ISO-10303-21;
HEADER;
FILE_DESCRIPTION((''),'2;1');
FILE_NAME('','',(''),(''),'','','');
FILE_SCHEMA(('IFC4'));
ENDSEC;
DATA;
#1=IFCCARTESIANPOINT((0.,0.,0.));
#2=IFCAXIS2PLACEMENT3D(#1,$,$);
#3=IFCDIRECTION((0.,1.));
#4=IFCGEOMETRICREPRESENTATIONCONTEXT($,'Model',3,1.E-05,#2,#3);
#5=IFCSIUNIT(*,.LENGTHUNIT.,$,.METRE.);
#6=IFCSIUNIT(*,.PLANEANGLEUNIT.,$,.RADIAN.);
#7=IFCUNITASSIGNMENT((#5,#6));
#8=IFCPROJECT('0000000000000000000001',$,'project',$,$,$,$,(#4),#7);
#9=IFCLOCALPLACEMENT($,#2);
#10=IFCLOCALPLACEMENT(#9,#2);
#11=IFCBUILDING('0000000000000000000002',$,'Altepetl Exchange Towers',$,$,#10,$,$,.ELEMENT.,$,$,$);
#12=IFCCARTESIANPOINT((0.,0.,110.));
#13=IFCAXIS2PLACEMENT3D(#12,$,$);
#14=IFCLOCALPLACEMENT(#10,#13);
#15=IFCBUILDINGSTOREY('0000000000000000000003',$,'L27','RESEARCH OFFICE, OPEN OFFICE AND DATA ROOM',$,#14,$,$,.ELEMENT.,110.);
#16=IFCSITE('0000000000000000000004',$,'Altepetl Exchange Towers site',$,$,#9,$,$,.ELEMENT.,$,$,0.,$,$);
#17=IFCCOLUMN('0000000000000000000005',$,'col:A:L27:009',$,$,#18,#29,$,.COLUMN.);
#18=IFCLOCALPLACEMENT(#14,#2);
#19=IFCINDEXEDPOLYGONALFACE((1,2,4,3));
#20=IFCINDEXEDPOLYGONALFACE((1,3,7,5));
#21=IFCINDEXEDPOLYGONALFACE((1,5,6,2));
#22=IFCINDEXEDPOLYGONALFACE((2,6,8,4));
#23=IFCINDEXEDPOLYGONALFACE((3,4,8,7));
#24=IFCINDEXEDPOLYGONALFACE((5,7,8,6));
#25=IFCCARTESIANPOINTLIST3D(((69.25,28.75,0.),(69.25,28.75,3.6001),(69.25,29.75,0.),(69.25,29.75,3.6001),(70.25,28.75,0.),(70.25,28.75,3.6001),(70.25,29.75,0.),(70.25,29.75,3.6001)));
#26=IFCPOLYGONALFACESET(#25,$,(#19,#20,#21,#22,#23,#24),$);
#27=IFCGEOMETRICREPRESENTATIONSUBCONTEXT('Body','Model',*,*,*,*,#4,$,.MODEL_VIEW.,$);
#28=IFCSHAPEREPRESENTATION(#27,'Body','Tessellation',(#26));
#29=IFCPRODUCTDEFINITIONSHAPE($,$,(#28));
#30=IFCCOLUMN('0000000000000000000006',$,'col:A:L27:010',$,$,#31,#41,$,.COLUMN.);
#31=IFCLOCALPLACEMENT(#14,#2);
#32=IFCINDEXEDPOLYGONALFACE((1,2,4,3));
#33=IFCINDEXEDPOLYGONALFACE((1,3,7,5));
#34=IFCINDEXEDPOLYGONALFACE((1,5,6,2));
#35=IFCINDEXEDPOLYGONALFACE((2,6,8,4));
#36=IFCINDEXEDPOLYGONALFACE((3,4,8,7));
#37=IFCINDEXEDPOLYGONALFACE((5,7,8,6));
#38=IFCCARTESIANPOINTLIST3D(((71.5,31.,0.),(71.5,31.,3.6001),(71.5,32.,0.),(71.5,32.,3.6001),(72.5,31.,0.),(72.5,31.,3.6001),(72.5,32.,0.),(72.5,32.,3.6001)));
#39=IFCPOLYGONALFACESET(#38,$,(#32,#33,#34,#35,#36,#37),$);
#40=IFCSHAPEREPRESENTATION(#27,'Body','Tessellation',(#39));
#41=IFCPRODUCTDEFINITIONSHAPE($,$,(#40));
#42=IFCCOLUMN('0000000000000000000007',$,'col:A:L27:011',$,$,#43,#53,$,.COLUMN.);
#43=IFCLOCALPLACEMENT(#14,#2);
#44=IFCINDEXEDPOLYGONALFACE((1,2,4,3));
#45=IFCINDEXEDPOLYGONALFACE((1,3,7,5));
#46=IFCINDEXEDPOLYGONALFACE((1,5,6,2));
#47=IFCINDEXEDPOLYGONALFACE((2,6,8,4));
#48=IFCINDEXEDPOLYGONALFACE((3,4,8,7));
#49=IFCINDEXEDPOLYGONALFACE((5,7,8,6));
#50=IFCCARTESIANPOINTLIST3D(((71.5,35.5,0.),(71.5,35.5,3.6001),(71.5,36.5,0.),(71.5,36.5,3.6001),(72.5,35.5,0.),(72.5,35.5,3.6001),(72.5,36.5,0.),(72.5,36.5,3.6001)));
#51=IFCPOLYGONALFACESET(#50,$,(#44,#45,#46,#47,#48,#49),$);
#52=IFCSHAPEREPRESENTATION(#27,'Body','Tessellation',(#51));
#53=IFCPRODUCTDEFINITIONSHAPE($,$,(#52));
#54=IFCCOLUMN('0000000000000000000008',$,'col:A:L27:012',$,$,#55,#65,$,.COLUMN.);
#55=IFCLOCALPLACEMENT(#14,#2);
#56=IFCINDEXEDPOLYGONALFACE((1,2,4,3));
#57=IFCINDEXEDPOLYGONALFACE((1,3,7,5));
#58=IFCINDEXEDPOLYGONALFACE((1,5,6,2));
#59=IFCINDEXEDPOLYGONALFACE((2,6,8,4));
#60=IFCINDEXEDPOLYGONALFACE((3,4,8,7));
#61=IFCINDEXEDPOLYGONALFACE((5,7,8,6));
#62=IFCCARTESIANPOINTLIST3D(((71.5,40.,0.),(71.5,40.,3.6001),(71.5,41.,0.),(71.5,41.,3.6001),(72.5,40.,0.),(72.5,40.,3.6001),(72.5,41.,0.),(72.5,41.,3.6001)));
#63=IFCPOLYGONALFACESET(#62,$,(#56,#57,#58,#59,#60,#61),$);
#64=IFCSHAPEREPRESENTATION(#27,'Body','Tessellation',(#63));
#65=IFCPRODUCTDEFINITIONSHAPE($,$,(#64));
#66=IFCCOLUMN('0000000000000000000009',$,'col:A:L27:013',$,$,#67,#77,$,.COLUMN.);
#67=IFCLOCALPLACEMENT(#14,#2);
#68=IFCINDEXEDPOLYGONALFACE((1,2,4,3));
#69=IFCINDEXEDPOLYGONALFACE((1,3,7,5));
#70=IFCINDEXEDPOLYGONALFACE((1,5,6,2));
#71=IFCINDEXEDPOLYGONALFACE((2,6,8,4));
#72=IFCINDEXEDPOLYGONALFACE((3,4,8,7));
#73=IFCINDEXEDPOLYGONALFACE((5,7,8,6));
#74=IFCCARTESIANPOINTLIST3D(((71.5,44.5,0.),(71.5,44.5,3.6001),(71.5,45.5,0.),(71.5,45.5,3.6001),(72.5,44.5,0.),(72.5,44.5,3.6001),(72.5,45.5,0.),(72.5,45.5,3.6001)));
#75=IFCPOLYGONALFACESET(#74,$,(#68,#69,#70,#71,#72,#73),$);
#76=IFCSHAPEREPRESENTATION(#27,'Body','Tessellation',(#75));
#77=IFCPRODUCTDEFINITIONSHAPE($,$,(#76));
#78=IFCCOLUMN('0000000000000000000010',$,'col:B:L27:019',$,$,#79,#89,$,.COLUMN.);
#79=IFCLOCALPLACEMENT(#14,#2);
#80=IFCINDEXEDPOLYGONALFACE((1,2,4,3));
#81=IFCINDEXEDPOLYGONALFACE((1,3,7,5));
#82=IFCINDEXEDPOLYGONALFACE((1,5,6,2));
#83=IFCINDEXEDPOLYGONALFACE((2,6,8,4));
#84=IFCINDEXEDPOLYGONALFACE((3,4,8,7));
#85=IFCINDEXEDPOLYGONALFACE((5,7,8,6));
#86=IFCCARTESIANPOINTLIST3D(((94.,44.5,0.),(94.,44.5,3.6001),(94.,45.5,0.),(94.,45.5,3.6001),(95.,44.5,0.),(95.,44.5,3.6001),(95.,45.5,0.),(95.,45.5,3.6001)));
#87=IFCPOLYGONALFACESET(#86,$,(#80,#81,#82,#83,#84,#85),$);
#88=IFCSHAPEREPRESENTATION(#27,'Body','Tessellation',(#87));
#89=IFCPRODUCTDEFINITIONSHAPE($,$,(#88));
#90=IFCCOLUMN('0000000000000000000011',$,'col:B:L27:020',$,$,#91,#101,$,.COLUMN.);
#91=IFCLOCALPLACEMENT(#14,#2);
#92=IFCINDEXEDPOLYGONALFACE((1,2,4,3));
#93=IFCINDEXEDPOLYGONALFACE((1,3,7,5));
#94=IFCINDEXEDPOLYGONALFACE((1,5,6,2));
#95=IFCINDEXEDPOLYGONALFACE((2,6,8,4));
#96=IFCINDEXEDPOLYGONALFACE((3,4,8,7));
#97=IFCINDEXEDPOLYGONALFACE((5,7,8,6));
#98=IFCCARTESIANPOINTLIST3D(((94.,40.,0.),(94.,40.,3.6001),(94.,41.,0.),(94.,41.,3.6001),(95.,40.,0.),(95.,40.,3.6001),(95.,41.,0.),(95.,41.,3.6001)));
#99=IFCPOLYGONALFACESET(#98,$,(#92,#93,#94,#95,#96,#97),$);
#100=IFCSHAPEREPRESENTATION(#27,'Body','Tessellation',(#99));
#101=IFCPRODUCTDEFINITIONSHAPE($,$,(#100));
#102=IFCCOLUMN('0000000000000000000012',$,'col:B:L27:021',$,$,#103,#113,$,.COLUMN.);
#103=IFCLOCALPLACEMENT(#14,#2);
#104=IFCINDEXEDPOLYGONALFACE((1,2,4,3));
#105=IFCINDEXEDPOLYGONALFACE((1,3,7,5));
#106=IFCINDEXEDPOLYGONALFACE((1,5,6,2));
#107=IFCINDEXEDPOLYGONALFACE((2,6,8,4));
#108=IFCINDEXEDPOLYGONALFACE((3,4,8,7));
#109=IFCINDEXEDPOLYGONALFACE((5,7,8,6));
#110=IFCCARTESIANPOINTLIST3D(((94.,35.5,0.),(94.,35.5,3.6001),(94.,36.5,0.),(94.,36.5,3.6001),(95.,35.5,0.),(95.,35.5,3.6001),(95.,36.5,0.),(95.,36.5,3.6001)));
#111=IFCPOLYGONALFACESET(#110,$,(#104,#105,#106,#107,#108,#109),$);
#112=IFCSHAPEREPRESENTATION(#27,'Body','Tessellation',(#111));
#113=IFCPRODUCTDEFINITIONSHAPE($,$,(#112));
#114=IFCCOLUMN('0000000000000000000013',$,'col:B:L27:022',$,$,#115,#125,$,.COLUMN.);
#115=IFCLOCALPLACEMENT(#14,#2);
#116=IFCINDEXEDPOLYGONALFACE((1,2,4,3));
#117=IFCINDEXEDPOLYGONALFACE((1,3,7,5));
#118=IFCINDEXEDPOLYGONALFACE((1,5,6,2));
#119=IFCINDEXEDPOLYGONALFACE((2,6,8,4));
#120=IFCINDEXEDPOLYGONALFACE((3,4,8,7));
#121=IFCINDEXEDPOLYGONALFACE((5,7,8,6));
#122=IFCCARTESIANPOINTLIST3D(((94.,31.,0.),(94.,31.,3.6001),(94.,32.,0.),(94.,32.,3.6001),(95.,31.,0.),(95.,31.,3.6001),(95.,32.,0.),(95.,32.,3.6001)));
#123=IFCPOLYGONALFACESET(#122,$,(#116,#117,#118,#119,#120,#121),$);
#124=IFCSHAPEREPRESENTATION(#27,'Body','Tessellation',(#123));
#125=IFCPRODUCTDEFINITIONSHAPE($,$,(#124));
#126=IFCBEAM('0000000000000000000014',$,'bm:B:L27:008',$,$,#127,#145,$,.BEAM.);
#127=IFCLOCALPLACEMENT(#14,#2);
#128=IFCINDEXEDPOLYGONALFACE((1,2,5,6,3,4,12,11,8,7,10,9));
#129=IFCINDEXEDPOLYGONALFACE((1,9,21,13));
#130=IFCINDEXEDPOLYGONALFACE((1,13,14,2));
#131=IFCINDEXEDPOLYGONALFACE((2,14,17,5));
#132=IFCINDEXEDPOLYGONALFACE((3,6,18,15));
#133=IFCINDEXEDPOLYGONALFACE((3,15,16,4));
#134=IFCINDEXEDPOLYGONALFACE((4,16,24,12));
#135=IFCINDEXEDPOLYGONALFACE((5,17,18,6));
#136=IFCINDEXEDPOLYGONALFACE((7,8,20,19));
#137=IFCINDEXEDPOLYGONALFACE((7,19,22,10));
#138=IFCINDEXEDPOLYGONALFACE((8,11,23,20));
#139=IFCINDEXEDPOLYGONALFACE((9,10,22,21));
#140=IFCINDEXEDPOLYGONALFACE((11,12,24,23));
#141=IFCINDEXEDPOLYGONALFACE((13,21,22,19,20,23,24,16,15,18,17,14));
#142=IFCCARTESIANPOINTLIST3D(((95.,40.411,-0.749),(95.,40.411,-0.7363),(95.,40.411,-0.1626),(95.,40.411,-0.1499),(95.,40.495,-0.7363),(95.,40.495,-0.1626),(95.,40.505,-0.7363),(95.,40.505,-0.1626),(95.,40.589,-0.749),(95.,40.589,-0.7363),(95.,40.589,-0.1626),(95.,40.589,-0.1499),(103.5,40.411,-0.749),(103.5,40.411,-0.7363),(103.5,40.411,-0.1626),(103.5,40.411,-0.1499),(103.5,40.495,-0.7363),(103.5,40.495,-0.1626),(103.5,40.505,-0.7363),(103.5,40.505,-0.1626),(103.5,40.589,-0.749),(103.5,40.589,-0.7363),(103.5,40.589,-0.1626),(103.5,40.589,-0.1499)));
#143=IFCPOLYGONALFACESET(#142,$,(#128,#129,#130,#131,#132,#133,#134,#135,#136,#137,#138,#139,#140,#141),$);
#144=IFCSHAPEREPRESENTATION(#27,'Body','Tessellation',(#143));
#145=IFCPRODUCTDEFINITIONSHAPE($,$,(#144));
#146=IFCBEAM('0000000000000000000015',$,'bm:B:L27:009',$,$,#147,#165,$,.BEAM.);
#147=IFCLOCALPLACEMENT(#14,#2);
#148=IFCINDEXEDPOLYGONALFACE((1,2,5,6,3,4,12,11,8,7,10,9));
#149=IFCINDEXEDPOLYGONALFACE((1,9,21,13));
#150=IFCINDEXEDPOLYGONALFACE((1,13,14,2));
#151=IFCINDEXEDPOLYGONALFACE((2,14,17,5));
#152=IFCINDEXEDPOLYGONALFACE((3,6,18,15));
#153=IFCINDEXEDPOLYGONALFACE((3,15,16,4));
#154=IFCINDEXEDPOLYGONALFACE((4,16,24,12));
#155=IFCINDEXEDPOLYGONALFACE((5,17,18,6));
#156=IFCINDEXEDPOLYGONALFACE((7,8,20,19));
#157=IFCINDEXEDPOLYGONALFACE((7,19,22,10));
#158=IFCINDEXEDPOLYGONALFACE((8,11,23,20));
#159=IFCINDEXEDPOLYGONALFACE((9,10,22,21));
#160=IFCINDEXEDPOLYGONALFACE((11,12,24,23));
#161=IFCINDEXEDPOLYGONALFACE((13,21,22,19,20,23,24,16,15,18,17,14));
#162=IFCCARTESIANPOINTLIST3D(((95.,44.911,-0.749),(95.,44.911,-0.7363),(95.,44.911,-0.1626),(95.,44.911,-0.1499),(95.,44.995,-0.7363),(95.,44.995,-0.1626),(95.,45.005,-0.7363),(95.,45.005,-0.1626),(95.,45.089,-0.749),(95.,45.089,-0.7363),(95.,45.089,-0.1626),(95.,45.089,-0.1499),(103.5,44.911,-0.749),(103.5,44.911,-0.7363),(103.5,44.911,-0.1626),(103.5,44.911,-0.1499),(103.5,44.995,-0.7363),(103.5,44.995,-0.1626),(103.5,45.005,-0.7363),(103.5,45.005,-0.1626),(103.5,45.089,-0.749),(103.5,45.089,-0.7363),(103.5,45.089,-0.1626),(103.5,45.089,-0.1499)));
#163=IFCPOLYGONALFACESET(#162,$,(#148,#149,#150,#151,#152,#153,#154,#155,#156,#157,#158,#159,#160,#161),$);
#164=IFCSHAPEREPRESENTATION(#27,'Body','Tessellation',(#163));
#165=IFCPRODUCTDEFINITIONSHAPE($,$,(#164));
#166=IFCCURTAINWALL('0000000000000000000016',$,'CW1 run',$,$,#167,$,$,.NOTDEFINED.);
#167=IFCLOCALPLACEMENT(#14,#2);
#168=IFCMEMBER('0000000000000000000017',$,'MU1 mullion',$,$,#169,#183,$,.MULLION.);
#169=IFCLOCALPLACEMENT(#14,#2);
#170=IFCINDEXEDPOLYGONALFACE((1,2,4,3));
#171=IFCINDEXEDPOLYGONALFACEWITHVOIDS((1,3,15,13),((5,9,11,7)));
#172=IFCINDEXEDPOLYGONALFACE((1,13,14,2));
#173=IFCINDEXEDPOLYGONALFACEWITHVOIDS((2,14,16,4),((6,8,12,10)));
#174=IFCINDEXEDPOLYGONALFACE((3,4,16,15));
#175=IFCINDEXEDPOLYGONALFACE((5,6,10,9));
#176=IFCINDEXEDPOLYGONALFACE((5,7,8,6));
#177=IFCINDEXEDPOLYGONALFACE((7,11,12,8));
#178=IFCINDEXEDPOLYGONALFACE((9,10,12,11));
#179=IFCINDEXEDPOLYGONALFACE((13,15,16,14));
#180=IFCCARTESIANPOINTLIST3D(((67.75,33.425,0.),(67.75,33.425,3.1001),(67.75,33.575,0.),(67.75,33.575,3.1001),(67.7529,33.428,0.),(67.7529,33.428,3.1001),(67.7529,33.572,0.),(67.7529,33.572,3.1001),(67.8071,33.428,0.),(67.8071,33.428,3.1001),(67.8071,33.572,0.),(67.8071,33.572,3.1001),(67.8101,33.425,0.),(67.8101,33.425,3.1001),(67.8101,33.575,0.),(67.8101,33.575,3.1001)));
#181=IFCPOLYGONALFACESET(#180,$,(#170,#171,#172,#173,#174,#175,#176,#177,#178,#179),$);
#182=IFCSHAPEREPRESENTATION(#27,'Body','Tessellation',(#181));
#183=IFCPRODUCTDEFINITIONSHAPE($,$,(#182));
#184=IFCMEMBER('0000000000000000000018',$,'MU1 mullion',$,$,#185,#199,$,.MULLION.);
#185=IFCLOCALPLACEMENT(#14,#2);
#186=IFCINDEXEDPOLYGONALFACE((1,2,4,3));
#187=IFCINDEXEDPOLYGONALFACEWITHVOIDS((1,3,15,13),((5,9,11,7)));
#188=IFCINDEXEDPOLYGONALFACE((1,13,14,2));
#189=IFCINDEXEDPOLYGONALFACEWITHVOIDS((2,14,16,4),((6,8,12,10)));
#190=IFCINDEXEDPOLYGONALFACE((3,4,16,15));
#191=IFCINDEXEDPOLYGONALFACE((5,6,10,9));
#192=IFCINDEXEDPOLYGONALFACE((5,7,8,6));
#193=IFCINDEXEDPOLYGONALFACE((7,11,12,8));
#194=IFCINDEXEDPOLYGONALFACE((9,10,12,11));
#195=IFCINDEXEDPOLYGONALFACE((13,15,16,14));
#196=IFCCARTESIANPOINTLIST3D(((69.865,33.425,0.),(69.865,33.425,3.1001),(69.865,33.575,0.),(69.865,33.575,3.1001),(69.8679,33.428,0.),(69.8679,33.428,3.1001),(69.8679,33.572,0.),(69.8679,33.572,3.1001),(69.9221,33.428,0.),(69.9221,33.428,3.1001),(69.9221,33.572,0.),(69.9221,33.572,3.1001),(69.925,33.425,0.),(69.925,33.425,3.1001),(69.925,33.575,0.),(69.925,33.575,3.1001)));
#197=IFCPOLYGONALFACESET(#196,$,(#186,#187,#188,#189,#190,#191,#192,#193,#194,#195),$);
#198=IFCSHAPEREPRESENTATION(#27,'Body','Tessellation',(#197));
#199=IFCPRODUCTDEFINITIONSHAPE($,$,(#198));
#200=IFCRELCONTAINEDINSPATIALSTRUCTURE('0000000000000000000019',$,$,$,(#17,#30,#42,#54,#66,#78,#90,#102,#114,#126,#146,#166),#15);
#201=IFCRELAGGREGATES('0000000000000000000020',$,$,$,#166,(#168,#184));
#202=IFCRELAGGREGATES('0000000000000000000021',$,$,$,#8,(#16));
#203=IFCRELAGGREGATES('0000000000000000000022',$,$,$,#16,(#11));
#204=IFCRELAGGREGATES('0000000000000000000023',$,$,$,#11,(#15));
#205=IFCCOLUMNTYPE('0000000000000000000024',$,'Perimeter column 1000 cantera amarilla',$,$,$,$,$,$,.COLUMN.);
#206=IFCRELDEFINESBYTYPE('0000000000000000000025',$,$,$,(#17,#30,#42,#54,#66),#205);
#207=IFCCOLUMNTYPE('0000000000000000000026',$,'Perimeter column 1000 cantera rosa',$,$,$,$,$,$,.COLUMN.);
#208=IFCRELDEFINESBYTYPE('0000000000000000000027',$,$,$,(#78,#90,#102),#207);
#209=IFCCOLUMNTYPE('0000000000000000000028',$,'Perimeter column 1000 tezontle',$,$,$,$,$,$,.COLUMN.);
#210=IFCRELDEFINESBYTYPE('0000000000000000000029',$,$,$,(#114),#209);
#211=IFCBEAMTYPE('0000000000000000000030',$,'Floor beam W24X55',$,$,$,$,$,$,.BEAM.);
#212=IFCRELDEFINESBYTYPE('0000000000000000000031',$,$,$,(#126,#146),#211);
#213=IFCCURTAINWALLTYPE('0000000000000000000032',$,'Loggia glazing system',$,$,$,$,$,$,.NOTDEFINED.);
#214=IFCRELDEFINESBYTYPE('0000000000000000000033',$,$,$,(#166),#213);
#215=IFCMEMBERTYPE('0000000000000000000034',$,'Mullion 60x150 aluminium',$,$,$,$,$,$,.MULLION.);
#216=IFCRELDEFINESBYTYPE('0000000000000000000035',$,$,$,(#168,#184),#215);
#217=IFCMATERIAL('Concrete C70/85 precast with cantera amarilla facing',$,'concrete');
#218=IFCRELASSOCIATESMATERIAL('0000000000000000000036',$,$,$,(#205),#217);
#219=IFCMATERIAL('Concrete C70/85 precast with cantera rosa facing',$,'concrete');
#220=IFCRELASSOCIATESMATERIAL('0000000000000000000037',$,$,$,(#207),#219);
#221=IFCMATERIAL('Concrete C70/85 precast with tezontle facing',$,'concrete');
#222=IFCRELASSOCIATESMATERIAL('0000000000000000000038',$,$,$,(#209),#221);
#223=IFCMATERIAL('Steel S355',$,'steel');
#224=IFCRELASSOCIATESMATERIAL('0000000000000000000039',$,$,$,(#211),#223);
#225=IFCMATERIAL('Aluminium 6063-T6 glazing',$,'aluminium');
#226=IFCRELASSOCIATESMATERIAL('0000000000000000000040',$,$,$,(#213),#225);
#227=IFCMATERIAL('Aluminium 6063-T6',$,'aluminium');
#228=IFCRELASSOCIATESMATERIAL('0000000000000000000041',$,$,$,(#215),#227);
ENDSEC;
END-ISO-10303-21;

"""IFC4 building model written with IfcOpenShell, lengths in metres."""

from ifc_helpers import new_model, si_unit, direction, frame, origin, origin_2d, place, context, subcontext, project, spatial, rectangle, hollow_rectangle, i_section, extrude, material, material_profile, profile_set, type_object, element, aggregate, save


model = new_model("IFC4")

# Units and contexts
model_context = context("Model", 3, precision=1e-05, world=origin(), true_north=direction((0.0, 1.0)))
body_context = subcontext(model_context, "Body", "Model", "MODEL_VIEW")
ifc_project = project(units=[si_unit("LENGTHUNIT", "METRE"), si_unit("PLANEANGLEUNIT", "RADIAN")], contexts=[model_context])

# Site, building, storey
site_placement = place(None, origin())
site = spatial("IfcSite", under=ifc_project, at=site_placement, Name="Altepetl Exchange Towers site", CompositionType="ELEMENT", RefElevation=0.0)
building_placement = place(site_placement, origin())
building = spatial("IfcBuilding", under=site, at=building_placement, Name="Altepetl Exchange Towers", CompositionType="ELEMENT")
storey_placement = place(building_placement, frame((0.0, 0.0, 110.0)))
storey = spatial("IfcBuildingStorey", under=building, at=storey_placement, Name="L27", Description="RESEARCH OFFICE, OPEN OFFICE AND DATA ROOM", CompositionType="ELEMENT", Elevation=110.0)

# Columns
ifc_material_1 = material(Name="Concrete C70/85 precast with cantera amarilla facing", Category="concrete")
ifc_material_profile_1 = material_profile(ifc_material_1, rectangle(XDim=1.0, YDim=1.0, at=origin_2d()), Name="1000 x 1000")
ifc_profile_set_1 = profile_set([ifc_material_profile_1], Name="Concrete C70/85 precast with cantera amarilla facing")
column_type_1 = type_object("IfcColumnType", Name="Perimeter column 1000 cantera amarilla", PredefinedType="COLUMN", material=ifc_profile_set_1)
for number, where, name in (
    (1, (69.75, 29.25, 0.0), "col:A:L27:009"),
    (2, (72.0, 31.5, 0.0), "col:A:L27:010"),
    (3, (72.0, 36.0, 0.0), "col:A:L27:011"),
    (4, (72.0, 40.5, 0.0), "col:A:L27:012"),
    (5, (72.0, 45.0, 0.0), "col:A:L27:013"),
):
    element("IfcColumn", number, at=place(storey_placement, frame(where)), inside=storey, type_object=column_type_1, Name=name, PredefinedType="COLUMN", context=body_context, shape_type="SweptSolid", body=[
        extrude(rectangle(XDim=1.0, YDim=1.0, at=origin_2d()), origin(), (0.0, 0.0, 1.0), 3.6001),
    ])
ifc_material_2 = material(Name="Concrete C70/85 precast with cantera rosa facing", Category="concrete")
ifc_material_profile_2 = material_profile(ifc_material_2, rectangle(XDim=1.0, YDim=1.0, at=origin_2d()), Name="1000 x 1000")
ifc_profile_set_2 = profile_set([ifc_material_profile_2], Name="Concrete C70/85 precast with cantera rosa facing")
column_type_2 = type_object("IfcColumnType", Name="Perimeter column 1000 cantera rosa", PredefinedType="COLUMN", material=ifc_profile_set_2)
for number, where, name in (
    (6, (94.5, 45.0, 0.0), "col:B:L27:019"),
    (7, (94.5, 40.5, 0.0), "col:B:L27:020"),
    (8, (94.5, 36.0, 0.0), "col:B:L27:021"),
):
    element("IfcColumn", number, at=place(storey_placement, frame(where)), inside=storey, type_object=column_type_2, Name=name, PredefinedType="COLUMN", context=body_context, shape_type="SweptSolid", body=[
        extrude(rectangle(XDim=1.0, YDim=1.0, at=origin_2d()), origin(), (0.0, 0.0, 1.0), 3.6001),
    ])
ifc_material_3 = material(Name="Concrete C70/85 precast with tezontle facing", Category="concrete")
ifc_material_profile_3 = material_profile(ifc_material_3, rectangle(XDim=1.0, YDim=1.0, at=origin_2d()), Name="1000 x 1000")
ifc_profile_set_3 = profile_set([ifc_material_profile_3], Name="Concrete C70/85 precast with tezontle facing")
column_type_3 = type_object("IfcColumnType", Name="Perimeter column 1000 tezontle", PredefinedType="COLUMN", material=ifc_profile_set_3)
column_placement = place(storey_placement, frame((94.5, 31.5, 0.0)))
element("IfcColumn", 9, at=column_placement, inside=storey, type_object=column_type_3, Name="col:B:L27:022", PredefinedType="COLUMN", context=body_context, shape_type="SweptSolid", body=[
    extrude(rectangle(XDim=1.0, YDim=1.0, at=origin_2d()), origin(), (0.0, 0.0, 1.0), 3.6001),
])

# Beams
ifc_material_4 = material(Name="Steel S355", Category="steel")
ifc_material_profile_4 = material_profile(ifc_material_4, i_section(OverallWidth=0.178, OverallDepth=0.5991, WebThickness=0.01, FlangeThickness=0.0127, at=origin_2d()), Name="W24X55")
ifc_profile_set_4 = profile_set([ifc_material_profile_4], Name="Steel S355")
beam_type_1 = type_object("IfcBeamType", Name="Floor beam W24X55", PredefinedType="BEAM", material=ifc_profile_set_4)
for number, where, z_axis, x_axis, name in (
    (10, (95.0, 40.5, -0.4495), (1.0, 0.0, 0.0), (0.0, 1.0, 0.0), "bm:B:L27:008"),
    (11, (95.0, 45.0, -0.4495), (1.0, 0.0, 0.0), (0.0, 1.0, 0.0), "bm:B:L27:009"),
):
    element("IfcBeam", number, at=place(storey_placement, frame(where, z_axis=z_axis, x_axis=x_axis)), inside=storey, type_object=beam_type_1, Name=name, PredefinedType="BEAM", context=body_context, shape_type="SweptSolid", body=[
        extrude(i_section(OverallWidth=0.178, OverallDepth=0.5991, WebThickness=0.01, FlangeThickness=0.0127, at=origin_2d()), origin(), (0.0, 0.0, 1.0), 8.5),
    ])

# Curtain wall, members
ifc_material_5 = material(Name="Aluminium 6063-T6 glazing", Category="aluminium")
curtain_wall_type = type_object("IfcCurtainWallType", Name="Loggia glazing system", PredefinedType="NOTDEFINED", material=ifc_material_5)
curtain_wall_1_placement = place(storey_placement, origin())
curtain_wall_1 = element("IfcCurtainWall", 12, at=curtain_wall_1_placement, inside=storey, type_object=curtain_wall_type, Name="CW1 run", PredefinedType="NOTDEFINED")
ifc_material_6 = material(Name="Aluminium 6063-T6", Category="aluminium")
ifc_material_profile_5 = material_profile(ifc_material_6, hollow_rectangle(XDim=0.0601, YDim=0.1499, WallThickness=0.0029, at=origin_2d()), Name="Mullion 60x150 aluminium")
ifc_profile_set_5 = profile_set([ifc_material_profile_5], Name="Aluminium 6063-T6")
member_type = type_object("IfcMemberType", Name="Mullion 60x150 aluminium", PredefinedType="MULLION", material=ifc_profile_set_5)
member_1_placement = place(storey_placement, frame((67.78, 33.5, 0.0)))
member_1 = element("IfcMember", 13, at=member_1_placement, type_object=member_type, Name="MU1 mullion", PredefinedType="MULLION", context=body_context, shape_type="SweptSolid", body=[
    extrude(hollow_rectangle(XDim=0.0601, YDim=0.1499, WallThickness=0.0029, at=origin_2d()), origin(), (0.0, 0.0, 1.0), 3.1001),
])
member_2_placement = place(storey_placement, frame((69.895, 33.5, 0.0)))
member_2 = element("IfcMember", 14, at=member_2_placement, type_object=member_type, Name="MU1 mullion", PredefinedType="MULLION", context=body_context, shape_type="SweptSolid", body=[
    extrude(hollow_rectangle(XDim=0.0601, YDim=0.1499, WallThickness=0.0029, at=origin_2d()), origin(), (0.0, 0.0, 1.0), 3.1001),
])

aggregate(curtain_wall_1, [member_1, member_2])

save(model, "model.ifc")
